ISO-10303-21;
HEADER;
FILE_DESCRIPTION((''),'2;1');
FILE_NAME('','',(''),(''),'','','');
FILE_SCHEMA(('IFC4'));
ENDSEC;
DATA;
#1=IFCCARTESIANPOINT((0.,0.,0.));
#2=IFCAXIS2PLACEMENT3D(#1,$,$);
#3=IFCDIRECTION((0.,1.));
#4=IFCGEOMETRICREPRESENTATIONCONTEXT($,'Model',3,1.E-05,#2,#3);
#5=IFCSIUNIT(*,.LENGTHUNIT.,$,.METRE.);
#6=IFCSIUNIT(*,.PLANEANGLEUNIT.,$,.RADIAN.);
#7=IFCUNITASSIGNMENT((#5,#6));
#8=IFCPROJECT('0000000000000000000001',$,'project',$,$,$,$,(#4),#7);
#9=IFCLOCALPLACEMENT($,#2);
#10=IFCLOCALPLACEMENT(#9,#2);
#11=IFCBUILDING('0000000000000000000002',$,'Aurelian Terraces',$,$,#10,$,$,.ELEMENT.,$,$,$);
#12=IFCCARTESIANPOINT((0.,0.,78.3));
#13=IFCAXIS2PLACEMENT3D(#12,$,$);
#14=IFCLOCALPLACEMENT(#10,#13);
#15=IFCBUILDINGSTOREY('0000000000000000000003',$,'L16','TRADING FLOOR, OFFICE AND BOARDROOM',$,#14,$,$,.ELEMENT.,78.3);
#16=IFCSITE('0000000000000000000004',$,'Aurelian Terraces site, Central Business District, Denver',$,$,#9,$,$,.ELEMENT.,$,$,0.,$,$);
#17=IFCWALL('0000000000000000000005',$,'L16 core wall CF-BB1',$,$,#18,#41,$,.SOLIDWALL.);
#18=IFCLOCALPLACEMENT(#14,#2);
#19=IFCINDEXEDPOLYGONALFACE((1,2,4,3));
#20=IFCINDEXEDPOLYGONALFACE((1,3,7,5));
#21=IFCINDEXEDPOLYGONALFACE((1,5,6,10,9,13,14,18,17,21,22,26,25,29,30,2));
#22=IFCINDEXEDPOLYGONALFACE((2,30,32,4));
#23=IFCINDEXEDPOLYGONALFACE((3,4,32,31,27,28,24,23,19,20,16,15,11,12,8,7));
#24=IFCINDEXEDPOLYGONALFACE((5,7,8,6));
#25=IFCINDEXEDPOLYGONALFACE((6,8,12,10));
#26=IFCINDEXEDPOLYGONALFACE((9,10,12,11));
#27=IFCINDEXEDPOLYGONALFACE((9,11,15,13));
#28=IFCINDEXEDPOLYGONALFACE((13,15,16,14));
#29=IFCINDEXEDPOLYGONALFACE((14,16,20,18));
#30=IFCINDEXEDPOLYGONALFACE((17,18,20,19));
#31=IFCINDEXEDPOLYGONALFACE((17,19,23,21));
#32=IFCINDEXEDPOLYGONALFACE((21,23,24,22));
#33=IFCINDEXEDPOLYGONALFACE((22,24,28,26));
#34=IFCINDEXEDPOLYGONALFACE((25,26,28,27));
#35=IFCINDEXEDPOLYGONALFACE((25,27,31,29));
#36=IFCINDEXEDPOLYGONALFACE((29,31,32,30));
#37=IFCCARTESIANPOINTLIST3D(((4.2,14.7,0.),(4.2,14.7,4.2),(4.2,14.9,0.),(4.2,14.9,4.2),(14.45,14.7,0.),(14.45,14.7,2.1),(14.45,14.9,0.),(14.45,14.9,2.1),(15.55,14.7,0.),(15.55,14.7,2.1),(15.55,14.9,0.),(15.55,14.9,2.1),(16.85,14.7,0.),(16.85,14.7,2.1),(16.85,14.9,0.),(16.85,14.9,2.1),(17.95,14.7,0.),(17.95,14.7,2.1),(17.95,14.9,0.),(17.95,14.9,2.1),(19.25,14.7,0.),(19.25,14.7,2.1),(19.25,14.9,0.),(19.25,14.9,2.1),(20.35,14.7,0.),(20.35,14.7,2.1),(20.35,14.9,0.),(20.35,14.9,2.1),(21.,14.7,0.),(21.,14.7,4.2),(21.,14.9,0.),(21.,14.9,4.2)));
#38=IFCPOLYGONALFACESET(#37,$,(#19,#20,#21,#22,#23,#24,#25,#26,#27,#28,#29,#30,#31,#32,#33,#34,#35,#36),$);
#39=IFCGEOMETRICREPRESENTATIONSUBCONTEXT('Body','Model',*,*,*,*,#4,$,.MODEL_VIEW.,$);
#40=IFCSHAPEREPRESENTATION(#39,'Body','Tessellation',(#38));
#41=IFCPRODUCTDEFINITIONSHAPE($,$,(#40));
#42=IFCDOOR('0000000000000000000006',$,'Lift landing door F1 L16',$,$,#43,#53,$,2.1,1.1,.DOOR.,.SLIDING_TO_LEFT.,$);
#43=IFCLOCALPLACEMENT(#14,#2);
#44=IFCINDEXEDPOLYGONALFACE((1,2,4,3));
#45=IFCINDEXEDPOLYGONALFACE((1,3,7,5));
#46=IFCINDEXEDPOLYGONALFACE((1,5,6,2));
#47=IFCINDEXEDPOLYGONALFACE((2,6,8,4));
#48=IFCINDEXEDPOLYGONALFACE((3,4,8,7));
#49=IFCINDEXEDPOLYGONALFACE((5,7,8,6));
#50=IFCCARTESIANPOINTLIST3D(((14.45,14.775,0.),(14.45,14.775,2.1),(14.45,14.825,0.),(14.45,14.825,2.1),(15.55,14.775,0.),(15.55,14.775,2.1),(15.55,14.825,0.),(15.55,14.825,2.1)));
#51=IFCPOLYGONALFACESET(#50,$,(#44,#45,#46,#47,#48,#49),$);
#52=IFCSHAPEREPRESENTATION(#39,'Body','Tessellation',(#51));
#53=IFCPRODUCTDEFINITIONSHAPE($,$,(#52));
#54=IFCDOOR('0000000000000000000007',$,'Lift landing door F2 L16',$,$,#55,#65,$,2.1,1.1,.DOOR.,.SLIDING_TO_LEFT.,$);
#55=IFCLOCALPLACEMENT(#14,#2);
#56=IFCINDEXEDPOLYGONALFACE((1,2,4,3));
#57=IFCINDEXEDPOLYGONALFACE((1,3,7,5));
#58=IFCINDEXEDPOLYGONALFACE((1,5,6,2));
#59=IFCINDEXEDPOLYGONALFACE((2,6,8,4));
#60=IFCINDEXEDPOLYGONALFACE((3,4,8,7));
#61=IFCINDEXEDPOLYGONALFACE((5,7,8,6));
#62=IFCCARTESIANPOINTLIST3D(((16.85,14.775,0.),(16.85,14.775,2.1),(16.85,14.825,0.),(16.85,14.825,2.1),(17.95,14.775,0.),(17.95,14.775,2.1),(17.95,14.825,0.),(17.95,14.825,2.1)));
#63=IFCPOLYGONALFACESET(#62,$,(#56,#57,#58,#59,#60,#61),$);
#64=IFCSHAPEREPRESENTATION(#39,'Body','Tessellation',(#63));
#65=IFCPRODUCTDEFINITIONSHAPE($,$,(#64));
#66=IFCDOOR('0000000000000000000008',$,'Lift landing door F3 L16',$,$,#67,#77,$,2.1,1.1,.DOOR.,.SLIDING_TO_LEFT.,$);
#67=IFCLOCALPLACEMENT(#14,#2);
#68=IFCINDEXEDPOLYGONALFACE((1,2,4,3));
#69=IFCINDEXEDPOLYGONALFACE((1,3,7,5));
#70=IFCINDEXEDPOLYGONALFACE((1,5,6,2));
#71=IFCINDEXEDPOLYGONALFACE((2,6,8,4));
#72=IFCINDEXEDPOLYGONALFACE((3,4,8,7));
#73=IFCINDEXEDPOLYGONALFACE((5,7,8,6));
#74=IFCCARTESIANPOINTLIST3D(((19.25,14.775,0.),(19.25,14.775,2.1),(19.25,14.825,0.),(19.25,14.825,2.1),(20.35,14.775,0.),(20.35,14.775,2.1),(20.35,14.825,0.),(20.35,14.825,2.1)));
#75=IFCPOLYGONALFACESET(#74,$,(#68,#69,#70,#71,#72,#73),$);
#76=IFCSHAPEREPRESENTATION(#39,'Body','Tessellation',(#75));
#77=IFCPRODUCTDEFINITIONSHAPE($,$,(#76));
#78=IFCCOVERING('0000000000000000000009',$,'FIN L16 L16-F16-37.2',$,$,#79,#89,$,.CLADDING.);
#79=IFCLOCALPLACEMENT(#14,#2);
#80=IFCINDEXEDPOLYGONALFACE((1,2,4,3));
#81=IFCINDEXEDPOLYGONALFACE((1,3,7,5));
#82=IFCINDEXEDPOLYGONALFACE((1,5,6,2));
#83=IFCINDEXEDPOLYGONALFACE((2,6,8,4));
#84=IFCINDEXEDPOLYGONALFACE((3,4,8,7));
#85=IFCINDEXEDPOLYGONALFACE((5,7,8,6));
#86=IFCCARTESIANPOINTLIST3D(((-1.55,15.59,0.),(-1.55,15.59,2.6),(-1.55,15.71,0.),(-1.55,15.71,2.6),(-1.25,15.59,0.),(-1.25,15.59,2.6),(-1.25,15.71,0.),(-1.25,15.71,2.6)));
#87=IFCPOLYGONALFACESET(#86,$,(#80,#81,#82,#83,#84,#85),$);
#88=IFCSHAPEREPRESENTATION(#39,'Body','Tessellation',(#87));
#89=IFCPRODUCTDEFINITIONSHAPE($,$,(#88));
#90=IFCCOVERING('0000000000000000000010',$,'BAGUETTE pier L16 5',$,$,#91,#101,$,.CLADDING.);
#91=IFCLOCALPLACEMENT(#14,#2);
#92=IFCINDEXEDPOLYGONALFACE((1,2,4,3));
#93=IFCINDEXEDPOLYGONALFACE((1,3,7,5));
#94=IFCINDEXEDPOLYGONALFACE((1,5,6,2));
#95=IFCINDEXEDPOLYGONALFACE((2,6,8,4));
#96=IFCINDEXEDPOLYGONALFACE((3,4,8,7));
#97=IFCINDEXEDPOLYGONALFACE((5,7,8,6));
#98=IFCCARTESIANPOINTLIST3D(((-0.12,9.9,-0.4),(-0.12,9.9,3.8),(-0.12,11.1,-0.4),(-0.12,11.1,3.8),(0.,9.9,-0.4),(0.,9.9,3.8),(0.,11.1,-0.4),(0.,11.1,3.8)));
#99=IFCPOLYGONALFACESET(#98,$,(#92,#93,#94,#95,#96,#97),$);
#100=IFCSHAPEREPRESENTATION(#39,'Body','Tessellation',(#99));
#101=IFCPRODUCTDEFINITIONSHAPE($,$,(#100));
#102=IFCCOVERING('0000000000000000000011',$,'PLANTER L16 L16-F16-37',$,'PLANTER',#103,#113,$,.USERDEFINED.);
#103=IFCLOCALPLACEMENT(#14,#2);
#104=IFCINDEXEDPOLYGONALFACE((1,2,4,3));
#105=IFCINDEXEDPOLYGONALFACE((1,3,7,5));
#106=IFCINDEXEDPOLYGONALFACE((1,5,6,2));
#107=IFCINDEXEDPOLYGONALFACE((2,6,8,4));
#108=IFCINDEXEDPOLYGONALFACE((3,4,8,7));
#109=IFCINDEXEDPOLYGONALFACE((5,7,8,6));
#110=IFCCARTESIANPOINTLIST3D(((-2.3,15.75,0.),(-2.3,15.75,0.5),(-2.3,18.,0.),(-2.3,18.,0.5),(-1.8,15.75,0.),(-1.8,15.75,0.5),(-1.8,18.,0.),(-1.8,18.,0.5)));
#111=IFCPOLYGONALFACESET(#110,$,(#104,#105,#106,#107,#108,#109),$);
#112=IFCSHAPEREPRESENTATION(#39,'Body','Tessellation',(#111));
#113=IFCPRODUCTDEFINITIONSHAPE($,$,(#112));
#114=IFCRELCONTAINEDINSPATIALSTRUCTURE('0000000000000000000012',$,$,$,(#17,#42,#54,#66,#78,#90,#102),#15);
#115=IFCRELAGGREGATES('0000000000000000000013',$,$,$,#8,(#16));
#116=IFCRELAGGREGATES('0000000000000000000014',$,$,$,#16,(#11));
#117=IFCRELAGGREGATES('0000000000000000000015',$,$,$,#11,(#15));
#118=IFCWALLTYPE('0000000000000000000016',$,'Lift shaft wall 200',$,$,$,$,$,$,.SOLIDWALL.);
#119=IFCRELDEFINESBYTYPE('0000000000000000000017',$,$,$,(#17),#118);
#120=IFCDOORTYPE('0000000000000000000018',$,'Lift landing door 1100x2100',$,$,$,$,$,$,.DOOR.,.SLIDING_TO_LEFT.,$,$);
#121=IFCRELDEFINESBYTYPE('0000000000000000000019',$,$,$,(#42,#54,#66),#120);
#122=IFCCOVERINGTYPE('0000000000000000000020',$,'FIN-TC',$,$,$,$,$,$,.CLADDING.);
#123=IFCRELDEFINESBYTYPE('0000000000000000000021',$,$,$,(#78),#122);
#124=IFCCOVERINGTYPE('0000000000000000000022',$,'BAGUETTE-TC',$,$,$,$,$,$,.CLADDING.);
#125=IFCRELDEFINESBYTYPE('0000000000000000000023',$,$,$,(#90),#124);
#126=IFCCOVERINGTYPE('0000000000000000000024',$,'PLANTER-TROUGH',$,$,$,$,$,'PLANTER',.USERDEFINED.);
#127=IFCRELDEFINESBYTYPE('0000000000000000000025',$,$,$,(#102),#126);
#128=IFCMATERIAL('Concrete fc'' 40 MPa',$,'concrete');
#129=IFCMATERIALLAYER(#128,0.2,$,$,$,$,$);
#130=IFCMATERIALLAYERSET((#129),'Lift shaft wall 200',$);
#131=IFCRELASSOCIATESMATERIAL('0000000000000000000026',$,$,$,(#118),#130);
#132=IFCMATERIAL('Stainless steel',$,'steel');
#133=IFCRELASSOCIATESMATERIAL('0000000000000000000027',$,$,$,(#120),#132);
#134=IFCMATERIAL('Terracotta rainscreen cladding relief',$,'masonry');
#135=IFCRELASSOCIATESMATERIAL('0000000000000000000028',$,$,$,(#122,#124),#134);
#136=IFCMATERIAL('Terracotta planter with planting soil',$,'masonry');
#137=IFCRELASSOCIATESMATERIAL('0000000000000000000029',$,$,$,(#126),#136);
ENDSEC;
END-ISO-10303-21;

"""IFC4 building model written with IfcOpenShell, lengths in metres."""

from ifc_helpers import new_model, si_unit, direction, frame, frame_2d, origin, origin_2d, place, context, subcontext, project, spatial, rectangle, extrude, source, transform, mapped, material, layer, layer_set, type_object, element, fill, save


model = new_model("IFC4")

# Units and contexts
model_context = context("Model", 3, precision=1e-05, world=origin(), true_north=direction((0.0, 1.0)))
body_context = subcontext(model_context, "Body", "Model", "MODEL_VIEW")
ifc_project = project(units=[si_unit("LENGTHUNIT", "METRE"), si_unit("PLANEANGLEUNIT", "RADIAN")], contexts=[model_context])

# Site, building, storey
site_placement = place(None, origin())
site = spatial("IfcSite", under=ifc_project, at=site_placement, Name="Aurelian Terraces site, Central Business District, Denver", CompositionType="ELEMENT", RefElevation=0.0)
building_placement = place(site_placement, origin())
building = spatial("IfcBuilding", under=site, at=building_placement, Name="Aurelian Terraces", CompositionType="ELEMENT")
storey_placement = place(building_placement, frame((0.0, 0.0, 78.3)))
storey = spatial("IfcBuildingStorey", under=building, at=storey_placement, Name="L16", Description="TRADING FLOOR, OFFICE AND BOARDROOM", CompositionType="ELEMENT", Elevation=78.3)

# Wall, openings, doors
ifc_material_1 = material(Name="Concrete fc' 40 MPa", Category="concrete")
ifc_layer_1 = layer(ifc_material_1, 0.2)
ifc_layer_set_1 = layer_set([ifc_layer_1], Name="Lift shaft wall 200")
wall_type_1 = type_object("IfcWallType", Name="Lift shaft wall 200", PredefinedType="SOLIDWALL", material=ifc_layer_set_1)
shared_shape_1 = source(origin(), body_context, "Body", "SweptSolid", [
    extrude(rectangle(XDim=16.8, YDim=0.2, at=frame_2d((8.4, 0.0))), origin(), (0.0, 0.0, 1.0), 4.2),
])
shared_shape_2 = source(origin(), body_context, "Body", "SweptSolid", [
    extrude(rectangle(XDim=1.1, YDim=2.1, at=frame_2d((0.55, 1.05))), frame((0.0, 0.11, 0.0), z_axis=(0.0, -1.0, 0.0), x_axis=(1.0, 0.0, 0.0)), (0.0, 0.0, 1.0), 0.22),
])
ifc_material_2 = material(Name="Stainless steel", Category="steel")
door_type = type_object("IfcDoorType", Name="Lift landing door 1100x2100", OperationType="SLIDING_TO_LEFT", PredefinedType="DOOR", material=ifc_material_2)
shared_shape_3 = source(origin(), body_context, "Body", "SweptSolid", [
    extrude(rectangle(XDim=1.1, YDim=2.1, at=frame_2d((0.55, 1.05))), frame((0.0, 0.025, 0.0), z_axis=(0.0, -1.0, 0.0), x_axis=(1.0, 0.0, 0.0)), (0.0, 0.0, 1.0), 0.05),
])
wall_1_placement = place(storey_placement, frame((4.2, 14.8, 0.0), z_axis=(0.0, 0.0, 1.0), x_axis=(1.0, 0.0, 0.0)))
wall_1 = element("IfcWall", 1, at=wall_1_placement, inside=storey, type_object=wall_type_1, Name="L16 core wall CF-BB1", PredefinedType="SOLIDWALL", context=body_context, shape_type="MappedRepresentation", body=[
    mapped(shared_shape_1, transform((0.0, 0.0, 0.0), scale=1.0)),
])
opening_1_placement = place(wall_1_placement, frame((10.25, 0.0, 0.0)))
opening_1 = element("IfcOpeningElement", 2, at=opening_1_placement, cuts=wall_1, PredefinedType="OPENING", context=body_context, shape_type="MappedRepresentation", body=[
    mapped(shared_shape_2, transform((0.0, 0.0, 0.0), scale=1.0)),
])
opening_2_placement = place(wall_1_placement, frame((12.65, 0.0, 0.0)))
opening_2 = element("IfcOpeningElement", 3, at=opening_2_placement, cuts=wall_1, PredefinedType="OPENING", context=body_context, shape_type="MappedRepresentation", body=[
    mapped(shared_shape_2, transform((0.0, 0.0, 0.0), scale=1.0)),
])
opening_3_placement = place(wall_1_placement, frame((15.05, 0.0, 0.0)))
opening_3 = element("IfcOpeningElement", 4, at=opening_3_placement, cuts=wall_1, PredefinedType="OPENING", context=body_context, shape_type="MappedRepresentation", body=[
    mapped(shared_shape_2, transform((0.0, 0.0, 0.0), scale=1.0)),
])
door_1_placement = place(opening_1_placement, origin())
door_1 = element("IfcDoor", 5, at=door_1_placement, inside=storey, type_object=door_type, Name="Lift landing door F1 L16", OperationType="SLIDING_TO_LEFT", OverallHeight=2.1, OverallWidth=1.1, PredefinedType="DOOR", context=body_context, shape_type="MappedRepresentation", body=[
    mapped(shared_shape_3, transform((0.0, 0.0, 0.0), scale=1.0)),
])
fill(opening_1, door_1)
door_2_placement = place(opening_2_placement, origin())
door_2 = element("IfcDoor", 6, at=door_2_placement, inside=storey, type_object=door_type, Name="Lift landing door F2 L16", OperationType="SLIDING_TO_LEFT", OverallHeight=2.1, OverallWidth=1.1, PredefinedType="DOOR", context=body_context, shape_type="MappedRepresentation", body=[
    mapped(shared_shape_3, transform((0.0, 0.0, 0.0), scale=1.0)),
])
fill(opening_2, door_2)
door_3_placement = place(opening_3_placement, origin())
door_3 = element("IfcDoor", 7, at=door_3_placement, inside=storey, type_object=door_type, Name="Lift landing door F3 L16", OperationType="SLIDING_TO_LEFT", OverallHeight=2.1, OverallWidth=1.1, PredefinedType="DOOR", context=body_context, shape_type="MappedRepresentation", body=[
    mapped(shared_shape_3, transform((0.0, 0.0, 0.0), scale=1.0)),
])
fill(opening_3, door_3)

# Coverings
ifc_material_3 = material(Name="Terracotta rainscreen cladding relief", Category="masonry")
covering_type_1 = type_object("IfcCoveringType", Name="FIN-TC", PredefinedType="CLADDING", material=ifc_material_3)
shared_shape_4 = source(origin(), body_context, "Body", "SweptSolid", [
    extrude(rectangle(XDim=0.3, YDim=0.12, at=origin_2d()), origin(), (0.0, 0.0, 1.0), 2.6),
])
covering_1_placement = place(storey_placement, frame((-1.4, 15.65, 0.0), z_axis=(0.0, 0.0, 1.0), x_axis=(1.0, 0.0, 0.0)))
element("IfcCovering", 8, at=covering_1_placement, inside=storey, type_object=covering_type_1, Name="FIN L16 L16-F16-37.2", PredefinedType="CLADDING", context=body_context, shape_type="MappedRepresentation", body=[
    mapped(shared_shape_4, transform((0.0, 0.0, 0.0), scale=1.0)),
])
covering_type_2 = type_object("IfcCoveringType", Name="BAGUETTE-TC", PredefinedType="CLADDING", material=ifc_material_3)
shared_shape_5 = source(origin(), body_context, "Body", "SweptSolid", [
    extrude(rectangle(XDim=0.12, YDim=1.2, at=origin_2d()), origin(), (0.0, 0.0, 1.0), 4.2),
])
covering_2_placement = place(storey_placement, frame((-0.06, 10.5, -0.4), z_axis=(0.0, 0.0, 1.0), x_axis=(1.0, 0.0, 0.0)))
element("IfcCovering", 9, at=covering_2_placement, inside=storey, type_object=covering_type_2, Name="BAGUETTE pier L16 5", PredefinedType="CLADDING", context=body_context, shape_type="MappedRepresentation", body=[
    mapped(shared_shape_5, transform((0.0, 0.0, 0.0), scale=1.0)),
])
ifc_material_4 = material(Name="Terracotta planter with planting soil", Category="masonry")
covering_type_3 = type_object("IfcCoveringType", Name="PLANTER-TROUGH", ElementType="PLANTER", PredefinedType="USERDEFINED", material=ifc_material_4)
shared_shape_6 = source(origin(), body_context, "Body", "SweptSolid", [
    extrude(rectangle(XDim=0.5, YDim=2.25, at=origin_2d()), origin(), (0.0, 0.0, 1.0), 0.5),
])
covering_3_placement = place(storey_placement, frame((-2.05, 16.875, 0.0), z_axis=(0.0, 0.0, 1.0), x_axis=(1.0, 0.0, 0.0)))
element("IfcCovering", 10, at=covering_3_placement, inside=storey, type_object=covering_type_3, Name="PLANTER L16 L16-F16-37", ObjectType="PLANTER", PredefinedType="USERDEFINED", context=body_context, shape_type="MappedRepresentation", body=[
    mapped(shared_shape_6, transform((0.0, 0.0, 0.0), scale=1.0)),
])

save(model, "model.ifc")
